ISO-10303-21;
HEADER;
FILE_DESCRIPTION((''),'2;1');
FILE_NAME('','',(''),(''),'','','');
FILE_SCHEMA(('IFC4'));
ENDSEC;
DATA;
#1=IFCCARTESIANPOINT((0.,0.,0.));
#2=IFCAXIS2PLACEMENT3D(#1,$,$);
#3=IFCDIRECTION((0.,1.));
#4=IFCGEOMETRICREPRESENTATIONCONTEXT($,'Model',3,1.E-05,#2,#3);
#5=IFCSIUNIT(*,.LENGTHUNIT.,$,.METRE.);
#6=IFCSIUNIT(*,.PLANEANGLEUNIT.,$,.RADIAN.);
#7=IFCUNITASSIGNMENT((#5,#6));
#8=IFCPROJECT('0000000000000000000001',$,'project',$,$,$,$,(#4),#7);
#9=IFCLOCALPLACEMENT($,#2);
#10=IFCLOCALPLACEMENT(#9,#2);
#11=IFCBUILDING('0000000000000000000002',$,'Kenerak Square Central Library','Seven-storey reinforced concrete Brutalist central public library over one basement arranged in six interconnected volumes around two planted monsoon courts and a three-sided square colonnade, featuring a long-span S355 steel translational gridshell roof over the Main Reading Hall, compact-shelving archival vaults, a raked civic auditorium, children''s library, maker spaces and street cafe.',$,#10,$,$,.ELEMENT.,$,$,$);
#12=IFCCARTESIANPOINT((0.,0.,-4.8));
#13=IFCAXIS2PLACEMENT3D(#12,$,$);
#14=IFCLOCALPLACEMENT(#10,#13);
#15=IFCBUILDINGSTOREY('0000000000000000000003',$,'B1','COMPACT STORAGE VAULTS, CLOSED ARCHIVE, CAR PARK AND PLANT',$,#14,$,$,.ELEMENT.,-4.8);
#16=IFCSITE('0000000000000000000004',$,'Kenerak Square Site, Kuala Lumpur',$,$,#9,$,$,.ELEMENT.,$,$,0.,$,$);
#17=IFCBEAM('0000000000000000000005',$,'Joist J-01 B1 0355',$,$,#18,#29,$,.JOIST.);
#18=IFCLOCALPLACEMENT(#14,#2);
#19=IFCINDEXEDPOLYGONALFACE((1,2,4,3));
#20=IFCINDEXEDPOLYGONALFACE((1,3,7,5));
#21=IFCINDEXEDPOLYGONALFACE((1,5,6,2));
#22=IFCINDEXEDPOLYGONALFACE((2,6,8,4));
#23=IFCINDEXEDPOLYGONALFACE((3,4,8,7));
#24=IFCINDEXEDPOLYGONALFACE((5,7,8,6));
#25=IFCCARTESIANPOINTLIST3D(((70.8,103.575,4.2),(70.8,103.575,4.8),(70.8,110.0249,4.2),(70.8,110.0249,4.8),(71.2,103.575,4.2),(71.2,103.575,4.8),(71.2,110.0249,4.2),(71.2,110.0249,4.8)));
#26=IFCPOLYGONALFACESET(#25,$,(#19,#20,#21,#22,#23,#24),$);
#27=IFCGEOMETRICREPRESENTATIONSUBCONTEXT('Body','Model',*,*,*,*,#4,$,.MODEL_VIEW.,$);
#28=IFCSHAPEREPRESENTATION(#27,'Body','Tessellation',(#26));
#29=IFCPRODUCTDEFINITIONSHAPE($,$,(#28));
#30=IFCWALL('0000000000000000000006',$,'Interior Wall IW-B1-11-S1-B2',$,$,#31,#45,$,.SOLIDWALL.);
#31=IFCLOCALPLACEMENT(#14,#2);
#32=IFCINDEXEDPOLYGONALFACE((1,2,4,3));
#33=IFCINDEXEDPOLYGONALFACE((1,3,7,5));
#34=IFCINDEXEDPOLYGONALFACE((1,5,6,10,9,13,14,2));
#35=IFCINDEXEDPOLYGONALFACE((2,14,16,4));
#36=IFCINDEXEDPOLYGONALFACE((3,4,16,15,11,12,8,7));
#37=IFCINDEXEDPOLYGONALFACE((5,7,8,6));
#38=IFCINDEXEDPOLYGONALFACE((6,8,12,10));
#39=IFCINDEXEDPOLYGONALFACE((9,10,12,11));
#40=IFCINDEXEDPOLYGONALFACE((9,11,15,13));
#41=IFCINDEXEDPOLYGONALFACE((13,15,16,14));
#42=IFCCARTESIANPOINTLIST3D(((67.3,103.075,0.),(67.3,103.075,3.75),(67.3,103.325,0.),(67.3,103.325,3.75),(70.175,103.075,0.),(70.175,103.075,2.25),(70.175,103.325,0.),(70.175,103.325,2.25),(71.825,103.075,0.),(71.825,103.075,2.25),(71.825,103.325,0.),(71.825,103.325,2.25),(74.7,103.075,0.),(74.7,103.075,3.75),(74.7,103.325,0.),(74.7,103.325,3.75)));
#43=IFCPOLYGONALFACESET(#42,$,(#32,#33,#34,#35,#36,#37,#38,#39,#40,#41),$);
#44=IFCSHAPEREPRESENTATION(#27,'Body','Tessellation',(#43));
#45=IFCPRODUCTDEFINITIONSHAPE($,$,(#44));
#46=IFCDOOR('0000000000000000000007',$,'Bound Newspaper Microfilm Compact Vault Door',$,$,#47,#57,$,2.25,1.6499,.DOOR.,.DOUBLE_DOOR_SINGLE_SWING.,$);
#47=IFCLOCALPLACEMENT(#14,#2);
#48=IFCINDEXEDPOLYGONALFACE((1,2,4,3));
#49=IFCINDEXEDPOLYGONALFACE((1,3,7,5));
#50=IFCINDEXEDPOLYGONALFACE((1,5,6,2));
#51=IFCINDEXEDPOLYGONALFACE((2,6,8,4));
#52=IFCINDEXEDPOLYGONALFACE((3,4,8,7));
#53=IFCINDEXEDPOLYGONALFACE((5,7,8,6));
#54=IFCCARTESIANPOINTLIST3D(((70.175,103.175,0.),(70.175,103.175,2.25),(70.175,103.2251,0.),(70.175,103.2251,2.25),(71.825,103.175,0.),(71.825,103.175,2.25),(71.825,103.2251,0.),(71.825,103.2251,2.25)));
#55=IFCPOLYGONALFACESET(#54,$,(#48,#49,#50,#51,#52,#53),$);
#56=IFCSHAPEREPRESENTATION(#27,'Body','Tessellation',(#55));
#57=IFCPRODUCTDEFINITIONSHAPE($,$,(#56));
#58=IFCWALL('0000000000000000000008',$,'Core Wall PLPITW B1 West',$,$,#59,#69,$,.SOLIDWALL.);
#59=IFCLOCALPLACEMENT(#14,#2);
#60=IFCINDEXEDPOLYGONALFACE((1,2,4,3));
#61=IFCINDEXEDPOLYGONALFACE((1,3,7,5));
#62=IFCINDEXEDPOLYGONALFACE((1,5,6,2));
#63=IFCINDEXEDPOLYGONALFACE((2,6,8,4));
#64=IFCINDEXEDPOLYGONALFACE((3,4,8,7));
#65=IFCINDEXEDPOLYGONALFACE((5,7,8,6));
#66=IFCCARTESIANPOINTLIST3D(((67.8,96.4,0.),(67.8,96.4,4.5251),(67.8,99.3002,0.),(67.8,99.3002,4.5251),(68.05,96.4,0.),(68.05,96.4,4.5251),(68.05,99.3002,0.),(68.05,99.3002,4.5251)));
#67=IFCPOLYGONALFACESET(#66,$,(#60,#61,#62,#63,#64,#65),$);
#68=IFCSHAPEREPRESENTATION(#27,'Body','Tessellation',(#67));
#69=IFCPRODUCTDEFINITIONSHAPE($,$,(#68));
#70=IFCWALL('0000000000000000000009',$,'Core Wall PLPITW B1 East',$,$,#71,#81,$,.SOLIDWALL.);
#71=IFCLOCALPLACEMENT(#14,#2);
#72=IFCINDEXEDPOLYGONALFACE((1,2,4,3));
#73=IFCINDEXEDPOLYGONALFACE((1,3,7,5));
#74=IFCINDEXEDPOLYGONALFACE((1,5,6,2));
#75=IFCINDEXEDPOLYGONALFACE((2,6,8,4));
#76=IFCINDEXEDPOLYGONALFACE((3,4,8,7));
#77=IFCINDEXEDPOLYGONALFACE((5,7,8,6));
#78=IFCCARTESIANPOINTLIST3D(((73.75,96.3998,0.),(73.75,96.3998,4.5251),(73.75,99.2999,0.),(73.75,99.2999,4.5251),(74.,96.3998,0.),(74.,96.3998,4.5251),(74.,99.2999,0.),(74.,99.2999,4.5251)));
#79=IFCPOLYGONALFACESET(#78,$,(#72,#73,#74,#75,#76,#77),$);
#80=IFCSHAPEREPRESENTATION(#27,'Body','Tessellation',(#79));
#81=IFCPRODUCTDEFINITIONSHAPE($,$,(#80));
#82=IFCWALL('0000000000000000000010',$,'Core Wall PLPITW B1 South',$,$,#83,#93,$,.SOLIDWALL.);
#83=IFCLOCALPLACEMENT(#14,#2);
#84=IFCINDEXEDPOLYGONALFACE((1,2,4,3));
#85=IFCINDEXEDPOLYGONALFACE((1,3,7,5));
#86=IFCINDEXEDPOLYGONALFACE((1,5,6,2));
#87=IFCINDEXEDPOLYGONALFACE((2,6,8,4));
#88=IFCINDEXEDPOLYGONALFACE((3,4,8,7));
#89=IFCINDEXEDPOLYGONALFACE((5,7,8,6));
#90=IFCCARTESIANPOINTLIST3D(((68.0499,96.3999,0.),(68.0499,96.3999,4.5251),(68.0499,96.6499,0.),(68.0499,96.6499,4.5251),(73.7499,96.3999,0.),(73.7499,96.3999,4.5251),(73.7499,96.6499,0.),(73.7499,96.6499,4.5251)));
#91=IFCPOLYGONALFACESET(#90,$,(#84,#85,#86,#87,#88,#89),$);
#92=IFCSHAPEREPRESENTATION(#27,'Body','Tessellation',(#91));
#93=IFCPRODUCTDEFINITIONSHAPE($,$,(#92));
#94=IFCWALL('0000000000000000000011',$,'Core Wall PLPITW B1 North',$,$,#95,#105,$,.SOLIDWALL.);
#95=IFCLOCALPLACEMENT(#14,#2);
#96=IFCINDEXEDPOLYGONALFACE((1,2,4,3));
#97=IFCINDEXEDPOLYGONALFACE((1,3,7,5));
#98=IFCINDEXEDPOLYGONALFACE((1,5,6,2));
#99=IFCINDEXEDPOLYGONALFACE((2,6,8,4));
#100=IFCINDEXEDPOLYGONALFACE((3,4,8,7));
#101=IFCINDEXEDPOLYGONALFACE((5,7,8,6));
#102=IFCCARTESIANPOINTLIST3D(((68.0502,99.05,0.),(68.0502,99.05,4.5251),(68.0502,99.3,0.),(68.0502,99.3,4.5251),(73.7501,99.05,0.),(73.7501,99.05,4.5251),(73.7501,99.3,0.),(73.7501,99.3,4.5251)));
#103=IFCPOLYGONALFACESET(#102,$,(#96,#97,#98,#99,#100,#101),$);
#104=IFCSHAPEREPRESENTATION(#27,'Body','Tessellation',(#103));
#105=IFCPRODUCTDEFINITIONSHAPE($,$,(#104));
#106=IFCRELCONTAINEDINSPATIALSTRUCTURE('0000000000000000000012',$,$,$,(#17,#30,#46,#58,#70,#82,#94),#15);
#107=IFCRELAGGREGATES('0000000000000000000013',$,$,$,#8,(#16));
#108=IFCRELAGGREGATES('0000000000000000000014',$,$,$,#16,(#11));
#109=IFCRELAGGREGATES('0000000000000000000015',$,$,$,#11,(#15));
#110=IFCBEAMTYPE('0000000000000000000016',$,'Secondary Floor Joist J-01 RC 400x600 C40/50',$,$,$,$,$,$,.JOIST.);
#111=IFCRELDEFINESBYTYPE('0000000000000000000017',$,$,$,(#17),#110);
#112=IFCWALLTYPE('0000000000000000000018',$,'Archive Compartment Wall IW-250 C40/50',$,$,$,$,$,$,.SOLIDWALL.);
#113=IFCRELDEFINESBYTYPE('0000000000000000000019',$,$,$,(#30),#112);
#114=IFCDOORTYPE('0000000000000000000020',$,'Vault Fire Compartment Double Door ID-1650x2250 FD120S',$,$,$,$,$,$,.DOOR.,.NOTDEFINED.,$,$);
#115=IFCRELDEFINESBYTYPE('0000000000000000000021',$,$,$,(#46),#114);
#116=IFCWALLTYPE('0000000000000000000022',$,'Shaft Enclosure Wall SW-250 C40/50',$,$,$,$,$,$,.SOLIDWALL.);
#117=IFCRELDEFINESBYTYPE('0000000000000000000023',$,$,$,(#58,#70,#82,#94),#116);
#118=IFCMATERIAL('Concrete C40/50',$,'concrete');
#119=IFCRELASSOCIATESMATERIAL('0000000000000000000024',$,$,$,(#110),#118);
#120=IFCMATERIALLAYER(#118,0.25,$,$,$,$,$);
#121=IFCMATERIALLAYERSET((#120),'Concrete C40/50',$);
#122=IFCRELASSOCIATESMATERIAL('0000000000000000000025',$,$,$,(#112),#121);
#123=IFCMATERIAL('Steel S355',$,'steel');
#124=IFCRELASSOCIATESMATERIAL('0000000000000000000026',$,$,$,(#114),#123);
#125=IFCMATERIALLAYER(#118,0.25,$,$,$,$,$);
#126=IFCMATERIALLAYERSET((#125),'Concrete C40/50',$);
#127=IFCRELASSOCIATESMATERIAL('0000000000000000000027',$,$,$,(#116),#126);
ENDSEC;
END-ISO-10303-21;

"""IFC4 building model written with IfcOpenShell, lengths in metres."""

from ifc_helpers import new_model, si_unit, direction, frame, frame_2d, origin, origin_2d, place, context, subcontext, project, spatial, rectangle, extrude, material, layer, layer_set, material_profile, profile_set, type_object, element, fill, save


model = new_model("IFC4")

# Units and contexts
model_context = context("Model", 3, precision=1e-05, world=origin(), true_north=direction((0.0, 1.0)))
body_context = subcontext(model_context, "Body", "Model", "MODEL_VIEW")
ifc_project = project(units=[si_unit("LENGTHUNIT", "METRE"), si_unit("PLANEANGLEUNIT", "RADIAN")], contexts=[model_context])

# Site, building, storey
site_placement = place(None, origin())
site = spatial("IfcSite", under=ifc_project, at=site_placement, Name="Kenerak Square Site, Kuala Lumpur", CompositionType="ELEMENT", RefElevation=0.0)
building_placement = place(site_placement, origin())
building = spatial("IfcBuilding", under=site, at=building_placement, Name="Kenerak Square Central Library", Description="Seven-storey reinforced concrete Brutalist central public library over one basement arranged in six interconnected volumes around two planted monsoon courts and a three-sided square colonnade, featuring a long-span S355 steel translational gridshell roof over the Main Reading Hall, compact-shelving archival vaults, a raked civic auditorium, children's library, maker spaces and street cafe.", CompositionType="ELEMENT")
storey_placement = place(building_placement, frame((0.0, 0.0, -4.8)))
storey = spatial("IfcBuildingStorey", under=building, at=storey_placement, Name="B1", Description="COMPACT STORAGE VAULTS, CLOSED ARCHIVE, CAR PARK AND PLANT", CompositionType="ELEMENT", Elevation=-4.8)

# Shared definitions
ifc_material_1 = material(Name="Concrete C40/50", Category="concrete")

# Beam
ifc_material_profile_1 = material_profile(ifc_material_1, rectangle(XDim=0.3999, YDim=0.6001, at=origin_2d()), Name="RC 400x600")
ifc_profile_set_1 = profile_set([ifc_material_profile_1], Name="Concrete C40/50")
beam_type_1 = type_object("IfcBeamType", Name="Secondary Floor Joist J-01 RC 400x600 C40/50", PredefinedType="JOIST", material=ifc_profile_set_1)
beam_1_placement = place(storey_placement, frame((71.0, 103.575, 4.5), z_axis=(0.0, 1.0, 0.0), x_axis=(-1.0, 0.0, 0.0)))
element("IfcBeam", 1, at=beam_1_placement, inside=storey, type_object=beam_type_1, Name="Joist J-01 B1 0355", PredefinedType="JOIST", context=body_context, shape_type="SweptSolid", body=[
    extrude(rectangle(XDim=0.3999, YDim=0.6001, at=origin_2d()), origin(), (0.0, 0.0, 1.0), 6.45),
])

# Wall, opening, door
ifc_layer_1 = layer(ifc_material_1, 0.25)
ifc_layer_set_1 = layer_set([ifc_layer_1], Name="Concrete C40/50")
wall_type_1 = type_object("IfcWallType", Name="Archive Compartment Wall IW-250 C40/50", PredefinedType="SOLIDWALL", material=ifc_layer_set_1)
wall_placement = place(storey_placement, frame((74.7, 103.2, 0.0), z_axis=(0.0, 0.0, 1.0), x_axis=(-1.0, 0.0, 0.0)))
wall = element("IfcWall", 2, at=wall_placement, inside=storey, type_object=wall_type_1, Name="Interior Wall IW-B1-11-S1-B2", PredefinedType="SOLIDWALL", context=body_context, shape_type="SweptSolid", body=[
    extrude(rectangle(XDim=7.3999, YDim=0.25, at=frame_2d((3.7, 0.0))), origin(), (0.0, 0.0, 1.0), 3.75),
])
opening_placement = place(wall_placement, frame((2.875, 0.0, 0.0)))
opening = element("IfcOpeningElement", 3, at=opening_placement, cuts=wall, PredefinedType="OPENING", context=body_context, shape_type="SweptSolid", body=[
    extrude(rectangle(XDim=1.6499, YDim=2.25, at=frame_2d((0.825, 1.125))), frame((0.0, 0.135, 0.0), z_axis=(0.0, -1.0, 0.0), x_axis=(1.0, 0.0, 0.0)), (0.0, 0.0, 1.0), 0.27),
])
ifc_material_2 = material(Name="Steel S355", Category="steel")
door_type = type_object("IfcDoorType", Name="Vault Fire Compartment Double Door ID-1650x2250 FD120S", OperationType="NOTDEFINED", PredefinedType="DOOR", material=ifc_material_2)
door_placement = place(opening_placement, origin())
door = element("IfcDoor", 4, at=door_placement, inside=storey, type_object=door_type, Name="Bound Newspaper Microfilm Compact Vault Door", OperationType="DOUBLE_DOOR_SINGLE_SWING", OverallHeight=2.25, OverallWidth=1.6499, PredefinedType="DOOR", context=body_context, shape_type="SweptSolid", body=[
    extrude(rectangle(XDim=1.6499, YDim=2.25, at=frame_2d((0.825, 1.125))), frame((0.0, 0.0249, 0.0), z_axis=(0.0, -1.0, 0.0), x_axis=(1.0, 0.0, 0.0)), (0.0, 0.0, 1.0), 0.05),
])
fill(opening, door)

# Walls
ifc_layer_2 = layer(ifc_material_1, 0.25)
ifc_layer_set_2 = layer_set([ifc_layer_2], Name="Concrete C40/50")
wall_type_2 = type_object("IfcWallType", Name="Shaft Enclosure Wall SW-250 C40/50", PredefinedType="SOLIDWALL", material=ifc_layer_set_2)
for number, where, z_axis, x_axis, name in (
    (5, (67.925, 96.3999, 0.0), (0.0, 0.0, 1.0), (0.0, 1.0, 0.0), "Core Wall PLPITW B1 West"),
    (6, (73.875, 99.3, 0.0), (0.0, 0.0, 1.0), (0.0, -1.0, 0.0), "Core Wall PLPITW B1 East"),
):
    element("IfcWall", number, at=place(storey_placement, frame(where, z_axis=z_axis, x_axis=x_axis)), inside=storey, type_object=wall_type_2, Name=name, PredefinedType="SOLIDWALL", context=body_context, shape_type="SweptSolid", body=[
        extrude(rectangle(XDim=2.9001, YDim=0.25, at=frame_2d((1.4502, 0.0))), origin(), (0.0, 0.0, 1.0), 4.5251),
    ])
for number, where, z_axis, x_axis, name in (
    (7, (73.75, 96.5249, 0.0), (0.0, 0.0, 1.0), (-1.0, 0.0, 0.0), "Core Wall PLPITW B1 South"),
    (8, (68.05, 99.175, 0.0), (0.0, 0.0, 1.0), (1.0, 0.0, 0.0), "Core Wall PLPITW B1 North"),
):
    element("IfcWall", number, at=place(storey_placement, frame(where, z_axis=z_axis, x_axis=x_axis)), inside=storey, type_object=wall_type_2, Name=name, PredefinedType="SOLIDWALL", context=body_context, shape_type="SweptSolid", body=[
        extrude(rectangle(XDim=5.7, YDim=0.25, at=frame_2d((2.8501, 0.0))), origin(), (0.0, 0.0, 1.0), 4.5251),
    ])

save(model, "model.ifc")
